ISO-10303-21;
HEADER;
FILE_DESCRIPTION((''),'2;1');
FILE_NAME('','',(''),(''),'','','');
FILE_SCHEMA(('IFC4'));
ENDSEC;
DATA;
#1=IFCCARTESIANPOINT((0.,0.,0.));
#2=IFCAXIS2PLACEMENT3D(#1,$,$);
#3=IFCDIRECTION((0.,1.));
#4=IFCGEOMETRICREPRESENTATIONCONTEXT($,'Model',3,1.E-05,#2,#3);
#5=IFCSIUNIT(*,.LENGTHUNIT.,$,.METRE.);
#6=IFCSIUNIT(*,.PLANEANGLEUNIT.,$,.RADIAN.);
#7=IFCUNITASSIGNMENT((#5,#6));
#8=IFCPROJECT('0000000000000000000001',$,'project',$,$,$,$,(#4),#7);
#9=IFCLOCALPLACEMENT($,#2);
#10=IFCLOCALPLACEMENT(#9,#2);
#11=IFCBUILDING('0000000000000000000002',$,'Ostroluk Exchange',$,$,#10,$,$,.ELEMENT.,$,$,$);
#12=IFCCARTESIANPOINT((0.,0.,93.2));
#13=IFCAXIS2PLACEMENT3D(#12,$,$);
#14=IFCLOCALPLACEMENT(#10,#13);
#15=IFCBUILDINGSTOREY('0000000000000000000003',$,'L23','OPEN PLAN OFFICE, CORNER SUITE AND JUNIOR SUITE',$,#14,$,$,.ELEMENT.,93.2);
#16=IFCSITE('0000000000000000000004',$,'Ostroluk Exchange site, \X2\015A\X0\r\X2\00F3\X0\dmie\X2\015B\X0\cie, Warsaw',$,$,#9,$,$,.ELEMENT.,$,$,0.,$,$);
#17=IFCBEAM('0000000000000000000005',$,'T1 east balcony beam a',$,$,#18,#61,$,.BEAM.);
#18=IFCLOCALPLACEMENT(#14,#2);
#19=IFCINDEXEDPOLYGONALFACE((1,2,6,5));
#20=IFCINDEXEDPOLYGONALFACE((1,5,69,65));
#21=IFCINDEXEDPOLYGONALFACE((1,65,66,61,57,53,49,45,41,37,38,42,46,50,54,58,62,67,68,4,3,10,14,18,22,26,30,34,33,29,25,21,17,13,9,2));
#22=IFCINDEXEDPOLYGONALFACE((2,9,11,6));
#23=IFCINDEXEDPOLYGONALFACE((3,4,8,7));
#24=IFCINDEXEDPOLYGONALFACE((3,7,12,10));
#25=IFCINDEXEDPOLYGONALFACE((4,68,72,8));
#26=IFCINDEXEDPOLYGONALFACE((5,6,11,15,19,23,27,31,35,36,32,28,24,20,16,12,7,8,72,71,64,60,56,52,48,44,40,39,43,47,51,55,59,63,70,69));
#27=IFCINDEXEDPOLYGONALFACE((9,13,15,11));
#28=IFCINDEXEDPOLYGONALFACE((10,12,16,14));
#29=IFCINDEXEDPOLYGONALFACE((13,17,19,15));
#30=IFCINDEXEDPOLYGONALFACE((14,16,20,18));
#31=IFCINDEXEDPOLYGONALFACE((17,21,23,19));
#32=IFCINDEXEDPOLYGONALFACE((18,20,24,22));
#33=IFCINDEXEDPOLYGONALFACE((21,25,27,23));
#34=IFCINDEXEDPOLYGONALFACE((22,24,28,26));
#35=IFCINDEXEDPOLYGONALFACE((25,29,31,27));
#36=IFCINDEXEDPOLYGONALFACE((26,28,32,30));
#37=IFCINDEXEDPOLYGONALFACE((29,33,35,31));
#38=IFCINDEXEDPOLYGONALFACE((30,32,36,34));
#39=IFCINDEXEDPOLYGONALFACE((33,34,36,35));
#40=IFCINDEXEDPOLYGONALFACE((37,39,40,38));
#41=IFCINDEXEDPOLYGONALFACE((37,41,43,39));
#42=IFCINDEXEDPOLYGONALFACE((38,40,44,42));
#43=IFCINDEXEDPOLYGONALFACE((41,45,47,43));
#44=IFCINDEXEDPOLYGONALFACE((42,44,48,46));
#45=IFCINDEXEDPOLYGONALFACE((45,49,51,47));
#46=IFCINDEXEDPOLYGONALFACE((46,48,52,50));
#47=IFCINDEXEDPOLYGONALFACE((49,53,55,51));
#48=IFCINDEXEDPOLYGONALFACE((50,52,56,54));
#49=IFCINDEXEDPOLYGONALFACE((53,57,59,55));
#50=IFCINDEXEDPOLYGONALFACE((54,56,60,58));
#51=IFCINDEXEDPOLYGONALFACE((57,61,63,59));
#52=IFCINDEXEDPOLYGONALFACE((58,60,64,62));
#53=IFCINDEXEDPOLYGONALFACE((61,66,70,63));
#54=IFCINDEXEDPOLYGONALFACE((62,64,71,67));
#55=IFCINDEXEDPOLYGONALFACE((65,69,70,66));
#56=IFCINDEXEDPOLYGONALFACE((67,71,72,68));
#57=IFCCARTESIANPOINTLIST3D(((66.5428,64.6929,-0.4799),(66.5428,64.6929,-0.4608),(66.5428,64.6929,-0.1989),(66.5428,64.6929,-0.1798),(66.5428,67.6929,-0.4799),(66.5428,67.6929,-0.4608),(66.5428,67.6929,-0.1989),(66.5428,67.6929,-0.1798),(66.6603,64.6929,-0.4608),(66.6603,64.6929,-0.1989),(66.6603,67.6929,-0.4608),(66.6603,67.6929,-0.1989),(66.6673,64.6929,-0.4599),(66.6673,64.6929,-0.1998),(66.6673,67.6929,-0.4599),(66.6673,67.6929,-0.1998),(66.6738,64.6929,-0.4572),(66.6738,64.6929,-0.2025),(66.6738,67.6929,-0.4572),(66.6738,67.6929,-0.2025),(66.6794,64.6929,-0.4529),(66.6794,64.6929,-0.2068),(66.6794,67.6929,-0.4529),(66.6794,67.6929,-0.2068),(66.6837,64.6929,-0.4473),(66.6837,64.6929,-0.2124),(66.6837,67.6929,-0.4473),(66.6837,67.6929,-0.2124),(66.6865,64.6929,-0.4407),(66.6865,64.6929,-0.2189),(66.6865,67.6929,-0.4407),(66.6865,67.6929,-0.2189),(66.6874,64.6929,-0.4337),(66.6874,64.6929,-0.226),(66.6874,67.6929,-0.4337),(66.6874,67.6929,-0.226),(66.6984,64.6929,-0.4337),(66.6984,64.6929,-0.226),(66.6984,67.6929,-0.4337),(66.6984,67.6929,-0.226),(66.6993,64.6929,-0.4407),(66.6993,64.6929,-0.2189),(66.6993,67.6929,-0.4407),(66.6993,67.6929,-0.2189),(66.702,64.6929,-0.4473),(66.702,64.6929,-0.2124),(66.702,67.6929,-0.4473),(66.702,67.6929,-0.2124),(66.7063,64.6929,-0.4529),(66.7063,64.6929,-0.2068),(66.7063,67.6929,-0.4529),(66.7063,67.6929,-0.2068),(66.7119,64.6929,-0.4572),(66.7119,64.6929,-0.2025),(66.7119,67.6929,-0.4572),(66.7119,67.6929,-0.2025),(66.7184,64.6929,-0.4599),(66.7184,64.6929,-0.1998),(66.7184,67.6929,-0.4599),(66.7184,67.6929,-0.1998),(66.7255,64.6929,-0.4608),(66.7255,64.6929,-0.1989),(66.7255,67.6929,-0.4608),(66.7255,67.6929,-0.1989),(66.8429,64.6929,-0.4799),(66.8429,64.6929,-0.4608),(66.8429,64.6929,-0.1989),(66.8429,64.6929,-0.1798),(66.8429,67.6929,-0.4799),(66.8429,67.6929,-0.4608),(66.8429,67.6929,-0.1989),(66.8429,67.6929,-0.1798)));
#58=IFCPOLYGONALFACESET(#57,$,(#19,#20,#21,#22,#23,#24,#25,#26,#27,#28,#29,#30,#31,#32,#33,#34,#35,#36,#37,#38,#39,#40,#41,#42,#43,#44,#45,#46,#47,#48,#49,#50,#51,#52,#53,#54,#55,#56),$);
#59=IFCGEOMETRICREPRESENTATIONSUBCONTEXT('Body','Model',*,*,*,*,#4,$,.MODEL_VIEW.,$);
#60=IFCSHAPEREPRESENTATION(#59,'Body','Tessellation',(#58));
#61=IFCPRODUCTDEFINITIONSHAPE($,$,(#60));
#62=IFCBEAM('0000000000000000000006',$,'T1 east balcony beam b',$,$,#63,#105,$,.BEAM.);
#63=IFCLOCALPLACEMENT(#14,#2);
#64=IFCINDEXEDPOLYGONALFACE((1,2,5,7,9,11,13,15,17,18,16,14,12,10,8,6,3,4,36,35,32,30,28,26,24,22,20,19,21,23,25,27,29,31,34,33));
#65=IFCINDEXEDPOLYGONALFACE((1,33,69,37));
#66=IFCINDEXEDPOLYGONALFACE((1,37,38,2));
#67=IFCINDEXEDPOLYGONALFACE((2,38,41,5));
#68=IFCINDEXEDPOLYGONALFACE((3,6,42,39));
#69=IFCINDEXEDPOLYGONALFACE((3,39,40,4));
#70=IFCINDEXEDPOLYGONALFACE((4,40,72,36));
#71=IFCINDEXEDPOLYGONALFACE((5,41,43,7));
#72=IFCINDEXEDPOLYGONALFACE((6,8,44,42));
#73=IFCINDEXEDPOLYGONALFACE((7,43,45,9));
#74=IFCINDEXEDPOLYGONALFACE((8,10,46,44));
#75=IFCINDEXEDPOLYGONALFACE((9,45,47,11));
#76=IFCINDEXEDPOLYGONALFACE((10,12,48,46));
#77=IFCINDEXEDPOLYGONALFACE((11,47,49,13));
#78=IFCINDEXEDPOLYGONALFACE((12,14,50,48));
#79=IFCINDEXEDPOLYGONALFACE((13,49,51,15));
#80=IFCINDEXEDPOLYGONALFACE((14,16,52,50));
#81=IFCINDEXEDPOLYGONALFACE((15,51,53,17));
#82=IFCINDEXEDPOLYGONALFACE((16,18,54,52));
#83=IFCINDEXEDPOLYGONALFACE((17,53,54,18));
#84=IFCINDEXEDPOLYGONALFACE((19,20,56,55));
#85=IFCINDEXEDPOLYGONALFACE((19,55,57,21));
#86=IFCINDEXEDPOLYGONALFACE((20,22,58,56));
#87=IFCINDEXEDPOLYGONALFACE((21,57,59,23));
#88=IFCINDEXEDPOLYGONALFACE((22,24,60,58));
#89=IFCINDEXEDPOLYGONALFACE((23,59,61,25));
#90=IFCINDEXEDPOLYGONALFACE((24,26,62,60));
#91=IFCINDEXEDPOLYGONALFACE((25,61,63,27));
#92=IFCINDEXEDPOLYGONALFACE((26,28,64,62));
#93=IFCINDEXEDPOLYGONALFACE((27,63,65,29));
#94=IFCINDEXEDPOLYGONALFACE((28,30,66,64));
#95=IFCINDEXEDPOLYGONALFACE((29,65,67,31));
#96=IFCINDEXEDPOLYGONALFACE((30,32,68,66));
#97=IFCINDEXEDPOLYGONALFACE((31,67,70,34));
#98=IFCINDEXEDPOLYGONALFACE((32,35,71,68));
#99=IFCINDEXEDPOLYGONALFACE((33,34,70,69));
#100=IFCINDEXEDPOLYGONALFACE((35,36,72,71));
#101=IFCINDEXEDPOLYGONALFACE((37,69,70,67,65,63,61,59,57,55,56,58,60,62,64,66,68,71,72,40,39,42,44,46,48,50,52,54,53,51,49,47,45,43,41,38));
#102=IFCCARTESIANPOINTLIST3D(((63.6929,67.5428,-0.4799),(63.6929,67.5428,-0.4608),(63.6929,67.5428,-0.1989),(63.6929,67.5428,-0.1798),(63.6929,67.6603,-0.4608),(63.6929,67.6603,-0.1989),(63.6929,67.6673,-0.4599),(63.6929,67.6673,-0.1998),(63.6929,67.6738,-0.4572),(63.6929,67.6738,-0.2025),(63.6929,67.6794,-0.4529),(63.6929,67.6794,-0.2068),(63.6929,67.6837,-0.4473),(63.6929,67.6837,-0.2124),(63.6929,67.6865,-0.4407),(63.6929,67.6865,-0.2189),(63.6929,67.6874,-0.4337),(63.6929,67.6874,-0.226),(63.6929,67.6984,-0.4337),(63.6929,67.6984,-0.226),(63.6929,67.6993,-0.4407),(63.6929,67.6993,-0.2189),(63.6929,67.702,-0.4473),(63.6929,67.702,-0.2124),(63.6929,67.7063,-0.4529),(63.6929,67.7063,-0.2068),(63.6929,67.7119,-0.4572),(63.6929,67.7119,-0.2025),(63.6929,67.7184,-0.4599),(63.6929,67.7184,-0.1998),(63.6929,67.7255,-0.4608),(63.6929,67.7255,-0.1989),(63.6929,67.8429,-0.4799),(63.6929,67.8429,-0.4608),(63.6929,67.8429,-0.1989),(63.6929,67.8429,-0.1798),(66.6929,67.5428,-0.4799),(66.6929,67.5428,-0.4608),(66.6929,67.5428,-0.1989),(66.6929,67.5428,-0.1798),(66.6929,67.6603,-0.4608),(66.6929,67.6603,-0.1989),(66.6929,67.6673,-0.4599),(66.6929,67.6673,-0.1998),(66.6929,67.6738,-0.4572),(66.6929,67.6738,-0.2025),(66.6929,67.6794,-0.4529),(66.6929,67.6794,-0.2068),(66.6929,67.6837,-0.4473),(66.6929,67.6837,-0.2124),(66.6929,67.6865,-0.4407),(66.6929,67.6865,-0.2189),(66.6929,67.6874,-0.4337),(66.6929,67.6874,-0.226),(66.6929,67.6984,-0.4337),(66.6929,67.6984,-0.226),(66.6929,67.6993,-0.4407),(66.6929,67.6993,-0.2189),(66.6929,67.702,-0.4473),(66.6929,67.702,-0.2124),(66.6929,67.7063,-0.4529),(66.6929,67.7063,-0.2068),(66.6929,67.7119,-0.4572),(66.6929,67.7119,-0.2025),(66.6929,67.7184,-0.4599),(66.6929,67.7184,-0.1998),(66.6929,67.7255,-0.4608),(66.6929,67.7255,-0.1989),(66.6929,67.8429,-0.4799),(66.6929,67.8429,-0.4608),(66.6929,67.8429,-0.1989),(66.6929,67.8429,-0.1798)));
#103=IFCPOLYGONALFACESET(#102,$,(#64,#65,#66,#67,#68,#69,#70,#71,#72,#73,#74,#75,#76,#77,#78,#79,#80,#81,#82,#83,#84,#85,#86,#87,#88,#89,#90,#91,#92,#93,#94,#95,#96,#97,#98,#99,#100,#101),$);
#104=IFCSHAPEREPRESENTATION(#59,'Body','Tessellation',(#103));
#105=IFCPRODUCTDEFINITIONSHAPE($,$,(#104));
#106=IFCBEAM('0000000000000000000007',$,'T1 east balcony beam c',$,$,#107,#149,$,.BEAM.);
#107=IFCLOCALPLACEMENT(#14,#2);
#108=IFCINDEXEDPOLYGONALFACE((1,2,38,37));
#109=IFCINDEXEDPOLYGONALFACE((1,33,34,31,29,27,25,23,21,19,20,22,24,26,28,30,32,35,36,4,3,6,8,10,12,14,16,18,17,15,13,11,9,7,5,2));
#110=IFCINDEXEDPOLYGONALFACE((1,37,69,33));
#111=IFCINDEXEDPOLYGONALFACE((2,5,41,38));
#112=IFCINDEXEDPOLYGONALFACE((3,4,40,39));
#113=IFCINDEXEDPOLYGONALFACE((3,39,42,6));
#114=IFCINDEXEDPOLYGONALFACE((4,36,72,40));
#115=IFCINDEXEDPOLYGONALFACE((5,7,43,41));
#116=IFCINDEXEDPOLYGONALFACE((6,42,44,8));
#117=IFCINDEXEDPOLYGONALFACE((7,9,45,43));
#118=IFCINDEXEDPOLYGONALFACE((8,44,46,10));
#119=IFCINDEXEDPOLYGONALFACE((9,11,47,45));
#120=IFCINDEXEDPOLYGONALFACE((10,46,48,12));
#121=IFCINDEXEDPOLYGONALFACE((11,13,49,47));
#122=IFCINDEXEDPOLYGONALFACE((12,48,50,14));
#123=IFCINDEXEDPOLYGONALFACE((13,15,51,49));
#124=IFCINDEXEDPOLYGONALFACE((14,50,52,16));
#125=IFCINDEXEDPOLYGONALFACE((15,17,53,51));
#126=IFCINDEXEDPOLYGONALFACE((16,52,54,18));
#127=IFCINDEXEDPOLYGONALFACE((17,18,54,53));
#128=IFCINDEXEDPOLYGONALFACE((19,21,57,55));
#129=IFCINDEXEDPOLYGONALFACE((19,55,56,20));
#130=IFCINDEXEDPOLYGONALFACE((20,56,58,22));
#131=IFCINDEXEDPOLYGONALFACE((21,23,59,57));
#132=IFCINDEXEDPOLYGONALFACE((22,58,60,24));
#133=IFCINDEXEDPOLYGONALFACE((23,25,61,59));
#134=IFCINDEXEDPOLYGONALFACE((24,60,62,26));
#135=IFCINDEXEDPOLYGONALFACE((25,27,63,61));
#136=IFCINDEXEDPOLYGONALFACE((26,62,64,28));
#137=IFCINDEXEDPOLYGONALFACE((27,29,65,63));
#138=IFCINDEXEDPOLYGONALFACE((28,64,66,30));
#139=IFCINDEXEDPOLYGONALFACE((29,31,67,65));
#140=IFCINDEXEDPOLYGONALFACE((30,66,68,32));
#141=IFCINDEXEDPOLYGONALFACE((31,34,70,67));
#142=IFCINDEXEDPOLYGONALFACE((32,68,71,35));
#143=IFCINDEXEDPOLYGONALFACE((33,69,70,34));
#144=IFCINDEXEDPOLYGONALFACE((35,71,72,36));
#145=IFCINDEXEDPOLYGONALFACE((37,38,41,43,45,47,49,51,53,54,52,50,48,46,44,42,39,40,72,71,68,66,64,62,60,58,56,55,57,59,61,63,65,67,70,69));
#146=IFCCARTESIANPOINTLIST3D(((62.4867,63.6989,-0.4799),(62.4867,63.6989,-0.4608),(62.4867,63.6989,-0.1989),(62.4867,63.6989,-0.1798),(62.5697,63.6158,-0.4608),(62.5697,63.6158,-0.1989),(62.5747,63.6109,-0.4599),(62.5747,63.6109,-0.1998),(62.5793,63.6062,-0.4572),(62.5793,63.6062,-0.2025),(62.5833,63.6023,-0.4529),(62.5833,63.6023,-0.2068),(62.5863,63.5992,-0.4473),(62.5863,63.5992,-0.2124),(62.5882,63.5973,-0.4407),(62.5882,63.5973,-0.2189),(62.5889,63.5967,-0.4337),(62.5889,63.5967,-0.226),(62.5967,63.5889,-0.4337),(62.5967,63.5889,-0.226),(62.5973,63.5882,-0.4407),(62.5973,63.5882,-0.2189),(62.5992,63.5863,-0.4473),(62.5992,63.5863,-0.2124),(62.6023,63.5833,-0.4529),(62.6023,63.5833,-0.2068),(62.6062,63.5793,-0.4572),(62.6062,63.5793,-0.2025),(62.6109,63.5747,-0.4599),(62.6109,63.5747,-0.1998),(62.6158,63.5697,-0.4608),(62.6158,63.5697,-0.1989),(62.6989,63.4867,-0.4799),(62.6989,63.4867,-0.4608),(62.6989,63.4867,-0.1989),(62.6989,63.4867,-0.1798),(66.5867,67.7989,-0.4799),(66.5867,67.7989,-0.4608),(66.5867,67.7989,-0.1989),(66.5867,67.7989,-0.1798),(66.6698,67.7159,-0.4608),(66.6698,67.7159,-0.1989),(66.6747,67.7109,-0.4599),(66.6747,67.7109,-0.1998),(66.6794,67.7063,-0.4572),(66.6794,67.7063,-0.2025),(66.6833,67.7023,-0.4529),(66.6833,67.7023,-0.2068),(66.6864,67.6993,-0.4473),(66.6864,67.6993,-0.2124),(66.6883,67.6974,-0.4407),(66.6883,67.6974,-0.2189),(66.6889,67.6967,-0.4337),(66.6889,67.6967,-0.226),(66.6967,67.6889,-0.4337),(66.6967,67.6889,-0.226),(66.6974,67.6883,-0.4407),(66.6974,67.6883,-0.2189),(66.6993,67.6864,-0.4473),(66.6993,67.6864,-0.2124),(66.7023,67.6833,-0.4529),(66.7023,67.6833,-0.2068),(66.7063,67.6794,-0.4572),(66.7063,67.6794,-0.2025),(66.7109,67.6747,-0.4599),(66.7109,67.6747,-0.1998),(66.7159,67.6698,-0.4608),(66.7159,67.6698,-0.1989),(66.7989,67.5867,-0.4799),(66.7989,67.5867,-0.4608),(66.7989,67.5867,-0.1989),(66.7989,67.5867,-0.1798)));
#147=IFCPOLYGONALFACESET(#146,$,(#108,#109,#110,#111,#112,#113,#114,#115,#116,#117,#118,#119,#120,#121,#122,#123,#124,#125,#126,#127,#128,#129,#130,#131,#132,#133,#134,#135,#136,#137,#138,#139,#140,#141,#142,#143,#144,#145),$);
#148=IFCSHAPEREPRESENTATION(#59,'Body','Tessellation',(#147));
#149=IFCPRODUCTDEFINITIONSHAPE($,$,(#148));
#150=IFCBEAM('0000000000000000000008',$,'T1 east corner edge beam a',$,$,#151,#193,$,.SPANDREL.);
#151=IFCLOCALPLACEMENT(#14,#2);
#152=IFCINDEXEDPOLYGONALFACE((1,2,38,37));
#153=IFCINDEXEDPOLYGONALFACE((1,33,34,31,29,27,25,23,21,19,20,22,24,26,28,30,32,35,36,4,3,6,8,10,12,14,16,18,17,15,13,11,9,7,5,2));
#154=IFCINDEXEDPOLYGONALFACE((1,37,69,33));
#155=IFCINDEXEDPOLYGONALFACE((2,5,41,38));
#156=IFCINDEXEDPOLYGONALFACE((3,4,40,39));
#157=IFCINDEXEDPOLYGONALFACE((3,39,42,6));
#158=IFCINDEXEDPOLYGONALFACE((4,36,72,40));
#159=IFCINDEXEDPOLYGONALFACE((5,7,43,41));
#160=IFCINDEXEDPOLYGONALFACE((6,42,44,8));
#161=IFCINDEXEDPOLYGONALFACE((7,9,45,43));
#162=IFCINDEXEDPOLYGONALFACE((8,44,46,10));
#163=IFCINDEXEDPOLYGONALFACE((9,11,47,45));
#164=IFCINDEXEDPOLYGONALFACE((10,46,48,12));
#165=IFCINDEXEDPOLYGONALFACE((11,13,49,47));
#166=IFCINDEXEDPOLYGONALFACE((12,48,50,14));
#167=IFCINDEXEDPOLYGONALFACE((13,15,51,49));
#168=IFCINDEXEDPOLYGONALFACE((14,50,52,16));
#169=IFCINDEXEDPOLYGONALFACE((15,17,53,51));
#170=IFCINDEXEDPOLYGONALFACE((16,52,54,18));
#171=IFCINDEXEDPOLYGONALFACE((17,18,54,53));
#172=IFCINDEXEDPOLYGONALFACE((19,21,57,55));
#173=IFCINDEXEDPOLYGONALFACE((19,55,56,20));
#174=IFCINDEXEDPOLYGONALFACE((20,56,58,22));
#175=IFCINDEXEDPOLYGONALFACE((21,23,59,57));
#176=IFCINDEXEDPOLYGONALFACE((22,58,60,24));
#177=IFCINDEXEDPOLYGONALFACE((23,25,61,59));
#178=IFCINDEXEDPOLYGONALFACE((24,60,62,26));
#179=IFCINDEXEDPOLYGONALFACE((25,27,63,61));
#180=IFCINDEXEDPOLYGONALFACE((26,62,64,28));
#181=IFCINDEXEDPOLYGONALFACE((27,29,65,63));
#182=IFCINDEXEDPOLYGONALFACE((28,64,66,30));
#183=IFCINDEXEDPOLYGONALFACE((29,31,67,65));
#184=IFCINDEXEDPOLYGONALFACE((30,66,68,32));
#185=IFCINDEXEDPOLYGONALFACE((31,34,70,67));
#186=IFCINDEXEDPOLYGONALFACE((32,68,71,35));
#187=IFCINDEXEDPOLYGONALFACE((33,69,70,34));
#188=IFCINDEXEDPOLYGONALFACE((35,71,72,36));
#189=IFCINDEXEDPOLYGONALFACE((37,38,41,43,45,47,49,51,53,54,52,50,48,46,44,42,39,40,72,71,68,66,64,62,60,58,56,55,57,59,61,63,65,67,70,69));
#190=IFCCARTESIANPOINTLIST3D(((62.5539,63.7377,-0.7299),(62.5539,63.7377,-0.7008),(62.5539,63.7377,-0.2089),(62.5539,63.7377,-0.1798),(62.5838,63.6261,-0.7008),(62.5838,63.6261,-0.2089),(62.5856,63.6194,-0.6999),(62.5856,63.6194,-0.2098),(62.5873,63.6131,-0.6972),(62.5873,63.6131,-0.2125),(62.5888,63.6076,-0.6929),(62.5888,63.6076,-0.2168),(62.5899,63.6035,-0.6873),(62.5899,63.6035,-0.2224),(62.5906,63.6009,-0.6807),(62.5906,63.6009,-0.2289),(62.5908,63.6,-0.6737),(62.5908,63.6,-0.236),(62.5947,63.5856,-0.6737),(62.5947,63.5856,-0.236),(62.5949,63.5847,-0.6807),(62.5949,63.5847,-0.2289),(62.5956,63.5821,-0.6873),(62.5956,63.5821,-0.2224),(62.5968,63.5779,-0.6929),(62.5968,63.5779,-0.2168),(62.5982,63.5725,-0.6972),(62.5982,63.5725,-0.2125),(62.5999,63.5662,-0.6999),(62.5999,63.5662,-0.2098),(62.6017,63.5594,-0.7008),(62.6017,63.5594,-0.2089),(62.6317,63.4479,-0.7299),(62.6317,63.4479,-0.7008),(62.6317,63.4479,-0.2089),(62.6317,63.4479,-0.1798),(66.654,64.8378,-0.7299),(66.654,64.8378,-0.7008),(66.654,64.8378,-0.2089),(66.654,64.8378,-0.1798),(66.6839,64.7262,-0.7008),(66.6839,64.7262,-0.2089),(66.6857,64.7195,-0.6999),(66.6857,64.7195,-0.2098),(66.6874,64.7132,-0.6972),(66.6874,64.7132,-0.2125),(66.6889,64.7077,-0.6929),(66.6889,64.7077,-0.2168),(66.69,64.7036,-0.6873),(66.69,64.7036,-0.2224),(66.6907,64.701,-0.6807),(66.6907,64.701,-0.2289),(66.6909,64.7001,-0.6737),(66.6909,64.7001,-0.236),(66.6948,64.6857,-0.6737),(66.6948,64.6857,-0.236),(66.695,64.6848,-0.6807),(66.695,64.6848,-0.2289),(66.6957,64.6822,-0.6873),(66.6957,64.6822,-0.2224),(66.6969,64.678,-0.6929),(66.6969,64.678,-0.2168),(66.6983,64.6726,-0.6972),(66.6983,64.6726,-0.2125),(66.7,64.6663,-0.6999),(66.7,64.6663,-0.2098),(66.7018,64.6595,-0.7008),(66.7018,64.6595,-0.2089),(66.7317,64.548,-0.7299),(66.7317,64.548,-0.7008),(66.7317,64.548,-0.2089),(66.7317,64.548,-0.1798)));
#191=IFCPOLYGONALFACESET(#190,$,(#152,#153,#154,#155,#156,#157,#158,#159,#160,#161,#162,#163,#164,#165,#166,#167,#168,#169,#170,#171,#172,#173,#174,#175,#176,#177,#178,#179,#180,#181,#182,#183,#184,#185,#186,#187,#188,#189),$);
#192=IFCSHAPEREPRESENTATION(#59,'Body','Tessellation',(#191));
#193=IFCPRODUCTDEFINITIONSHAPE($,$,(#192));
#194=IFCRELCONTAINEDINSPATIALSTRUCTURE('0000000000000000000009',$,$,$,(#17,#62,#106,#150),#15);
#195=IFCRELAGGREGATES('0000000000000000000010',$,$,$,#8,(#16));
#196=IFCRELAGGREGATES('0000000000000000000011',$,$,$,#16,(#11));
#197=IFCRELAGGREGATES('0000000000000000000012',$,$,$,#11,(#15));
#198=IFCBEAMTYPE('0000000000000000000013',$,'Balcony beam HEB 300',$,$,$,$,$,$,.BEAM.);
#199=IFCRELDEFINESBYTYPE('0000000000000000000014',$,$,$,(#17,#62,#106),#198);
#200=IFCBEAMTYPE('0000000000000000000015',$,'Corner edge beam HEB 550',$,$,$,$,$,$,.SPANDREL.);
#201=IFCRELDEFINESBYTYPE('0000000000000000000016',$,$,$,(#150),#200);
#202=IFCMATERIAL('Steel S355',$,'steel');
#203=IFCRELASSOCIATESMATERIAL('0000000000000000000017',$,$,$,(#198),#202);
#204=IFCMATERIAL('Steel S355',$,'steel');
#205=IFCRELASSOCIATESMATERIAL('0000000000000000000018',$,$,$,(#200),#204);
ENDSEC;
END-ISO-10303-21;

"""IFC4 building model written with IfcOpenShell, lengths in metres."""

from ifc_helpers import new_model, si_unit, direction, frame, origin, origin_2d, place, context, subcontext, project, spatial, i_section, extrude, material, material_profile, profile_set, type_object, element, save


model = new_model("IFC4")

# Units and contexts
model_context = context("Model", 3, precision=1e-05, world=origin(), true_north=direction((0.0, 1.0)))
body_context = subcontext(model_context, "Body", "Model", "MODEL_VIEW")
ifc_project = project(units=[si_unit("LENGTHUNIT", "METRE"), si_unit("PLANEANGLEUNIT", "RADIAN")], contexts=[model_context])

# Site, building, storey
site_placement = place(None, origin())
site = spatial("IfcSite", under=ifc_project, at=site_placement, Name="Ostroluk Exchange site, Śródmieście, Warsaw", CompositionType="ELEMENT", RefElevation=0.0)
building_placement = place(site_placement, origin())
building = spatial("IfcBuilding", under=site, at=building_placement, Name="Ostroluk Exchange", CompositionType="ELEMENT")
storey_placement = place(building_placement, frame((0.0, 0.0, 93.2)))
storey = spatial("IfcBuildingStorey", under=building, at=storey_placement, Name="L23", Description="OPEN PLAN OFFICE, CORNER SUITE AND JUNIOR SUITE", CompositionType="ELEMENT", Elevation=93.2)

# Beams
ifc_material_1 = material(Name="Steel S355", Category="steel")
ifc_material_profile_1 = material_profile(ifc_material_1, i_section(OverallWidth=0.3, OverallDepth=0.3, WebThickness=0.011, FlangeThickness=0.019, FilletRadius=0.0271, at=origin_2d()), Name="HEB 300")
ifc_profile_set_1 = profile_set([ifc_material_profile_1], Name="Steel S355")
beam_type_1 = type_object("IfcBeamType", Name="Balcony beam HEB 300", PredefinedType="BEAM", material=ifc_profile_set_1)
for number, where, z_axis, x_axis, name in (
    (1, (66.6929, 64.6929, -0.3298), (0.0, 1.0, 0.0), (-1.0, 0.0, 0.0), "T1 east balcony beam a"),
    (2, (63.6929, 67.6929, -0.3298), (1.0, 0.0, 0.0), (0.0, 1.0, 0.0), "T1 east balcony beam b"),
):
    element("IfcBeam", number, at=place(storey_placement, frame(where, z_axis=z_axis, x_axis=x_axis)), inside=storey, type_object=beam_type_1, Name=name, PredefinedType="BEAM", context=body_context, shape_type="SweptSolid", body=[
        extrude(i_section(OverallWidth=0.3, OverallDepth=0.3, WebThickness=0.011, FlangeThickness=0.019, FilletRadius=0.0271, at=origin_2d()), origin(), (0.0, 0.0, 1.0), 3.0),
    ])
beam_1_placement = place(storey_placement, frame((62.5928, 63.5928, -0.3298), z_axis=(0.707107, 0.707107, 0.0), x_axis=(-0.707107, 0.707107, 0.0)))
element("IfcBeam", 3, at=beam_1_placement, inside=storey, type_object=beam_type_1, Name="T1 east balcony beam c", PredefinedType="BEAM", context=body_context, shape_type="SweptSolid", body=[
    extrude(i_section(OverallWidth=0.3, OverallDepth=0.3, WebThickness=0.011, FlangeThickness=0.019, FilletRadius=0.0271, at=origin_2d()), origin(), (0.0, 0.0, 1.0), 5.7983),
])
ifc_material_2 = material(Name="Steel S355", Category="steel")
ifc_material_profile_2 = material_profile(ifc_material_2, i_section(OverallWidth=0.3, OverallDepth=0.55, WebThickness=0.0149, FlangeThickness=0.0291, FilletRadius=0.0271, at=origin_2d()), Name="HEB 550")
ifc_profile_set_2 = profile_set([ifc_material_profile_2], Name="Steel S355")
beam_type_2 = type_object("IfcBeamType", Name="Corner edge beam HEB 550", PredefinedType="SPANDREL", material=ifc_profile_set_2)
for number, where, z_axis, x_axis, name in (
    (4, (62.5928, 63.5928, -0.4548), (0.965839, 0.259144, 0.0), (-0.259144, 0.965839, 0.0), "T1 east corner edge beam a"),
):
    element("IfcBeam", number, at=place(storey_placement, frame(where, z_axis=z_axis, x_axis=x_axis)), inside=storey, type_object=beam_type_2, Name=name, PredefinedType="SPANDREL", context=body_context, shape_type="SweptSolid", body=[
        extrude(i_section(OverallWidth=0.3, OverallDepth=0.55, WebThickness=0.0149, FlangeThickness=0.0291, FilletRadius=0.0271, at=origin_2d()), origin(), (0.0, 0.0, 1.0), 4.2451),
    ])

save(model, "model.ifc")
